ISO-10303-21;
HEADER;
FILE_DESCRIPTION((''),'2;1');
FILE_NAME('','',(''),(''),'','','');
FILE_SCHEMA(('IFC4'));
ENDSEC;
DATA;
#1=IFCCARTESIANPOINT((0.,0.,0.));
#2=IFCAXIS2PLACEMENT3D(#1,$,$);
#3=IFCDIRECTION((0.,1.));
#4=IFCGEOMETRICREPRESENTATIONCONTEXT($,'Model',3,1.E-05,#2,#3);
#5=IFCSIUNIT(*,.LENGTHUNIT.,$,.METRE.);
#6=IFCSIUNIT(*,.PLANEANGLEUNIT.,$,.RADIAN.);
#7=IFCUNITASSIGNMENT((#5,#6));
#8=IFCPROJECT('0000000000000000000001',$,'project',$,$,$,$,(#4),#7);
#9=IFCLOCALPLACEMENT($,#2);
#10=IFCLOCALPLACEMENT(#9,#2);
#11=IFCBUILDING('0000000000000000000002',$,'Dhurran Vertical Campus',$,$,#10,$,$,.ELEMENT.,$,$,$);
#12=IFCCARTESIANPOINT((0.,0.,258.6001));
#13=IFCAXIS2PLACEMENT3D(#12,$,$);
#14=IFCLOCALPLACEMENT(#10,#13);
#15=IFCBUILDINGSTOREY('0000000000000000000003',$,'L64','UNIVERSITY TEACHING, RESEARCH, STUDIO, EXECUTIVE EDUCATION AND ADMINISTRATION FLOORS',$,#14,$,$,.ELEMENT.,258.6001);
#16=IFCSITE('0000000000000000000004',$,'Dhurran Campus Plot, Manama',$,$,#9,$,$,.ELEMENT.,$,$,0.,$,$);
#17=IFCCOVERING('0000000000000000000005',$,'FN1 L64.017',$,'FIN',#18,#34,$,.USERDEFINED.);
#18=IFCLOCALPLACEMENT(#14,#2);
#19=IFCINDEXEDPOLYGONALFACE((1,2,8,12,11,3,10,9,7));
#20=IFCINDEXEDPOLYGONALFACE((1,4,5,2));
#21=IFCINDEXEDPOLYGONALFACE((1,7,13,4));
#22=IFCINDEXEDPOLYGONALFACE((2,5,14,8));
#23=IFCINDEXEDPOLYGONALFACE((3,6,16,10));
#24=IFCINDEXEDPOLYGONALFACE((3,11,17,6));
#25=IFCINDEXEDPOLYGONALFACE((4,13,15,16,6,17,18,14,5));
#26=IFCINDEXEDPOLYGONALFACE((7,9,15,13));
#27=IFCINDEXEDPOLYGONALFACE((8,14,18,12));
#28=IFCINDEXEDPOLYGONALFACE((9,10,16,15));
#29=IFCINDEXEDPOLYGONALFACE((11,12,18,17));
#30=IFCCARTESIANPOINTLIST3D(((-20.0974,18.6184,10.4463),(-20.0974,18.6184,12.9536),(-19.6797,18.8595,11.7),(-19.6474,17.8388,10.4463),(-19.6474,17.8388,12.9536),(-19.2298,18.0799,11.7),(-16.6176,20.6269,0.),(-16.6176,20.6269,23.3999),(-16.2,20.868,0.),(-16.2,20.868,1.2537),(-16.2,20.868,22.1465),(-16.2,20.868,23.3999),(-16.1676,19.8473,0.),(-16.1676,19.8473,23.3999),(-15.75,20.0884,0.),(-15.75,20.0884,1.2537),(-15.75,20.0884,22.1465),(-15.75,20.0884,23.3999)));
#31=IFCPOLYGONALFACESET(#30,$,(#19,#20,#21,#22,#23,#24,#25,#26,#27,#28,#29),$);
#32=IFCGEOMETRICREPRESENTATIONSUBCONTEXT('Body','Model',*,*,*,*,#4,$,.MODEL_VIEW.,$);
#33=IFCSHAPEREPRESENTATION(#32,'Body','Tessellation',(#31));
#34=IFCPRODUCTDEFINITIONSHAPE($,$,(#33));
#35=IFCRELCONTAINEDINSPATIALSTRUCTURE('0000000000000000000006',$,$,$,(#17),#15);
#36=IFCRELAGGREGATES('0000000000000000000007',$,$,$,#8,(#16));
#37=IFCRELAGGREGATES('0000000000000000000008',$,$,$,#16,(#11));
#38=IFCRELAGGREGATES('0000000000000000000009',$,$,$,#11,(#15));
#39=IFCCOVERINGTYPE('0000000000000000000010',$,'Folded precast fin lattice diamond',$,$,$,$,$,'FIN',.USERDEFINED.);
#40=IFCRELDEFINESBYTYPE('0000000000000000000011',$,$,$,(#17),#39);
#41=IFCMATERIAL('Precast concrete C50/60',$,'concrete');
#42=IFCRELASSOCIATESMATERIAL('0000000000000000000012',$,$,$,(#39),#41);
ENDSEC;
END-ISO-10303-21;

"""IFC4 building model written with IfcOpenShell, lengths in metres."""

from ifc_helpers import new_model, si_unit, direction, frame, origin, place, context, subcontext, project, spatial, polyline, outline, extrude, material, type_object, element, save


model = new_model("IFC4")

# Units and contexts
model_context = context("Model", 3, precision=1e-05, world=origin(), true_north=direction((0.0, 1.0)))
body_context = subcontext(model_context, "Body", "Model", "MODEL_VIEW")
ifc_project = project(units=[si_unit("LENGTHUNIT", "METRE"), si_unit("PLANEANGLEUNIT", "RADIAN")], contexts=[model_context])

# Site, building, storey
site_placement = place(None, origin())
site = spatial("IfcSite", under=ifc_project, at=site_placement, Name="Dhurran Campus Plot, Manama", CompositionType="ELEMENT", RefElevation=0.0)
building_placement = place(site_placement, origin())
building = spatial("IfcBuilding", under=site, at=building_placement, Name="Dhurran Vertical Campus", CompositionType="ELEMENT")
storey_placement = place(building_placement, frame((0.0, 0.0, 258.6001)))
storey = spatial("IfcBuildingStorey", under=building, at=storey_placement, Name="L64", Description="UNIVERSITY TEACHING, RESEARCH, STUDIO, EXECUTIVE EDUCATION AND ADMINISTRATION FLOORS", CompositionType="ELEMENT", Elevation=258.6001)

# Covering
ifc_material_1 = material(Name="Precast concrete C50/60", Category="concrete")
covering_type = type_object("IfcCoveringType", Name="Folded precast fin lattice diamond", ElementType="FIN", PredefinedType="USERDEFINED", material=ifc_material_1)
covering_1_placement = place(storey_placement, frame((-15.75, 20.0884, 0.0), z_axis=(-0.499902, 0.866082, 0.0), x_axis=(-0.866082, -0.499902, 0.0)))
element("IfcCovering", 1, at=covering_1_placement, inside=storey, type_object=covering_type, Name="FN1 L64.017", ObjectType="FIN", PredefinedType="USERDEFINED", context=body_context, shape_type="SweptSolid", body=[
    extrude(outline(polyline([(4.5, 10.4463), (0.4822, 0.0), (0.0, 0.0), (0.0, 1.2537), (4.0178, 11.7), (0.0, 22.1465), (0.0, 23.3999), (0.4822, 23.3999), (4.5, 12.9536), (4.5, 10.4463)])), origin(), (0.0, 0.0, 1.0), 0.9001),
])

save(model, "model.ifc")
